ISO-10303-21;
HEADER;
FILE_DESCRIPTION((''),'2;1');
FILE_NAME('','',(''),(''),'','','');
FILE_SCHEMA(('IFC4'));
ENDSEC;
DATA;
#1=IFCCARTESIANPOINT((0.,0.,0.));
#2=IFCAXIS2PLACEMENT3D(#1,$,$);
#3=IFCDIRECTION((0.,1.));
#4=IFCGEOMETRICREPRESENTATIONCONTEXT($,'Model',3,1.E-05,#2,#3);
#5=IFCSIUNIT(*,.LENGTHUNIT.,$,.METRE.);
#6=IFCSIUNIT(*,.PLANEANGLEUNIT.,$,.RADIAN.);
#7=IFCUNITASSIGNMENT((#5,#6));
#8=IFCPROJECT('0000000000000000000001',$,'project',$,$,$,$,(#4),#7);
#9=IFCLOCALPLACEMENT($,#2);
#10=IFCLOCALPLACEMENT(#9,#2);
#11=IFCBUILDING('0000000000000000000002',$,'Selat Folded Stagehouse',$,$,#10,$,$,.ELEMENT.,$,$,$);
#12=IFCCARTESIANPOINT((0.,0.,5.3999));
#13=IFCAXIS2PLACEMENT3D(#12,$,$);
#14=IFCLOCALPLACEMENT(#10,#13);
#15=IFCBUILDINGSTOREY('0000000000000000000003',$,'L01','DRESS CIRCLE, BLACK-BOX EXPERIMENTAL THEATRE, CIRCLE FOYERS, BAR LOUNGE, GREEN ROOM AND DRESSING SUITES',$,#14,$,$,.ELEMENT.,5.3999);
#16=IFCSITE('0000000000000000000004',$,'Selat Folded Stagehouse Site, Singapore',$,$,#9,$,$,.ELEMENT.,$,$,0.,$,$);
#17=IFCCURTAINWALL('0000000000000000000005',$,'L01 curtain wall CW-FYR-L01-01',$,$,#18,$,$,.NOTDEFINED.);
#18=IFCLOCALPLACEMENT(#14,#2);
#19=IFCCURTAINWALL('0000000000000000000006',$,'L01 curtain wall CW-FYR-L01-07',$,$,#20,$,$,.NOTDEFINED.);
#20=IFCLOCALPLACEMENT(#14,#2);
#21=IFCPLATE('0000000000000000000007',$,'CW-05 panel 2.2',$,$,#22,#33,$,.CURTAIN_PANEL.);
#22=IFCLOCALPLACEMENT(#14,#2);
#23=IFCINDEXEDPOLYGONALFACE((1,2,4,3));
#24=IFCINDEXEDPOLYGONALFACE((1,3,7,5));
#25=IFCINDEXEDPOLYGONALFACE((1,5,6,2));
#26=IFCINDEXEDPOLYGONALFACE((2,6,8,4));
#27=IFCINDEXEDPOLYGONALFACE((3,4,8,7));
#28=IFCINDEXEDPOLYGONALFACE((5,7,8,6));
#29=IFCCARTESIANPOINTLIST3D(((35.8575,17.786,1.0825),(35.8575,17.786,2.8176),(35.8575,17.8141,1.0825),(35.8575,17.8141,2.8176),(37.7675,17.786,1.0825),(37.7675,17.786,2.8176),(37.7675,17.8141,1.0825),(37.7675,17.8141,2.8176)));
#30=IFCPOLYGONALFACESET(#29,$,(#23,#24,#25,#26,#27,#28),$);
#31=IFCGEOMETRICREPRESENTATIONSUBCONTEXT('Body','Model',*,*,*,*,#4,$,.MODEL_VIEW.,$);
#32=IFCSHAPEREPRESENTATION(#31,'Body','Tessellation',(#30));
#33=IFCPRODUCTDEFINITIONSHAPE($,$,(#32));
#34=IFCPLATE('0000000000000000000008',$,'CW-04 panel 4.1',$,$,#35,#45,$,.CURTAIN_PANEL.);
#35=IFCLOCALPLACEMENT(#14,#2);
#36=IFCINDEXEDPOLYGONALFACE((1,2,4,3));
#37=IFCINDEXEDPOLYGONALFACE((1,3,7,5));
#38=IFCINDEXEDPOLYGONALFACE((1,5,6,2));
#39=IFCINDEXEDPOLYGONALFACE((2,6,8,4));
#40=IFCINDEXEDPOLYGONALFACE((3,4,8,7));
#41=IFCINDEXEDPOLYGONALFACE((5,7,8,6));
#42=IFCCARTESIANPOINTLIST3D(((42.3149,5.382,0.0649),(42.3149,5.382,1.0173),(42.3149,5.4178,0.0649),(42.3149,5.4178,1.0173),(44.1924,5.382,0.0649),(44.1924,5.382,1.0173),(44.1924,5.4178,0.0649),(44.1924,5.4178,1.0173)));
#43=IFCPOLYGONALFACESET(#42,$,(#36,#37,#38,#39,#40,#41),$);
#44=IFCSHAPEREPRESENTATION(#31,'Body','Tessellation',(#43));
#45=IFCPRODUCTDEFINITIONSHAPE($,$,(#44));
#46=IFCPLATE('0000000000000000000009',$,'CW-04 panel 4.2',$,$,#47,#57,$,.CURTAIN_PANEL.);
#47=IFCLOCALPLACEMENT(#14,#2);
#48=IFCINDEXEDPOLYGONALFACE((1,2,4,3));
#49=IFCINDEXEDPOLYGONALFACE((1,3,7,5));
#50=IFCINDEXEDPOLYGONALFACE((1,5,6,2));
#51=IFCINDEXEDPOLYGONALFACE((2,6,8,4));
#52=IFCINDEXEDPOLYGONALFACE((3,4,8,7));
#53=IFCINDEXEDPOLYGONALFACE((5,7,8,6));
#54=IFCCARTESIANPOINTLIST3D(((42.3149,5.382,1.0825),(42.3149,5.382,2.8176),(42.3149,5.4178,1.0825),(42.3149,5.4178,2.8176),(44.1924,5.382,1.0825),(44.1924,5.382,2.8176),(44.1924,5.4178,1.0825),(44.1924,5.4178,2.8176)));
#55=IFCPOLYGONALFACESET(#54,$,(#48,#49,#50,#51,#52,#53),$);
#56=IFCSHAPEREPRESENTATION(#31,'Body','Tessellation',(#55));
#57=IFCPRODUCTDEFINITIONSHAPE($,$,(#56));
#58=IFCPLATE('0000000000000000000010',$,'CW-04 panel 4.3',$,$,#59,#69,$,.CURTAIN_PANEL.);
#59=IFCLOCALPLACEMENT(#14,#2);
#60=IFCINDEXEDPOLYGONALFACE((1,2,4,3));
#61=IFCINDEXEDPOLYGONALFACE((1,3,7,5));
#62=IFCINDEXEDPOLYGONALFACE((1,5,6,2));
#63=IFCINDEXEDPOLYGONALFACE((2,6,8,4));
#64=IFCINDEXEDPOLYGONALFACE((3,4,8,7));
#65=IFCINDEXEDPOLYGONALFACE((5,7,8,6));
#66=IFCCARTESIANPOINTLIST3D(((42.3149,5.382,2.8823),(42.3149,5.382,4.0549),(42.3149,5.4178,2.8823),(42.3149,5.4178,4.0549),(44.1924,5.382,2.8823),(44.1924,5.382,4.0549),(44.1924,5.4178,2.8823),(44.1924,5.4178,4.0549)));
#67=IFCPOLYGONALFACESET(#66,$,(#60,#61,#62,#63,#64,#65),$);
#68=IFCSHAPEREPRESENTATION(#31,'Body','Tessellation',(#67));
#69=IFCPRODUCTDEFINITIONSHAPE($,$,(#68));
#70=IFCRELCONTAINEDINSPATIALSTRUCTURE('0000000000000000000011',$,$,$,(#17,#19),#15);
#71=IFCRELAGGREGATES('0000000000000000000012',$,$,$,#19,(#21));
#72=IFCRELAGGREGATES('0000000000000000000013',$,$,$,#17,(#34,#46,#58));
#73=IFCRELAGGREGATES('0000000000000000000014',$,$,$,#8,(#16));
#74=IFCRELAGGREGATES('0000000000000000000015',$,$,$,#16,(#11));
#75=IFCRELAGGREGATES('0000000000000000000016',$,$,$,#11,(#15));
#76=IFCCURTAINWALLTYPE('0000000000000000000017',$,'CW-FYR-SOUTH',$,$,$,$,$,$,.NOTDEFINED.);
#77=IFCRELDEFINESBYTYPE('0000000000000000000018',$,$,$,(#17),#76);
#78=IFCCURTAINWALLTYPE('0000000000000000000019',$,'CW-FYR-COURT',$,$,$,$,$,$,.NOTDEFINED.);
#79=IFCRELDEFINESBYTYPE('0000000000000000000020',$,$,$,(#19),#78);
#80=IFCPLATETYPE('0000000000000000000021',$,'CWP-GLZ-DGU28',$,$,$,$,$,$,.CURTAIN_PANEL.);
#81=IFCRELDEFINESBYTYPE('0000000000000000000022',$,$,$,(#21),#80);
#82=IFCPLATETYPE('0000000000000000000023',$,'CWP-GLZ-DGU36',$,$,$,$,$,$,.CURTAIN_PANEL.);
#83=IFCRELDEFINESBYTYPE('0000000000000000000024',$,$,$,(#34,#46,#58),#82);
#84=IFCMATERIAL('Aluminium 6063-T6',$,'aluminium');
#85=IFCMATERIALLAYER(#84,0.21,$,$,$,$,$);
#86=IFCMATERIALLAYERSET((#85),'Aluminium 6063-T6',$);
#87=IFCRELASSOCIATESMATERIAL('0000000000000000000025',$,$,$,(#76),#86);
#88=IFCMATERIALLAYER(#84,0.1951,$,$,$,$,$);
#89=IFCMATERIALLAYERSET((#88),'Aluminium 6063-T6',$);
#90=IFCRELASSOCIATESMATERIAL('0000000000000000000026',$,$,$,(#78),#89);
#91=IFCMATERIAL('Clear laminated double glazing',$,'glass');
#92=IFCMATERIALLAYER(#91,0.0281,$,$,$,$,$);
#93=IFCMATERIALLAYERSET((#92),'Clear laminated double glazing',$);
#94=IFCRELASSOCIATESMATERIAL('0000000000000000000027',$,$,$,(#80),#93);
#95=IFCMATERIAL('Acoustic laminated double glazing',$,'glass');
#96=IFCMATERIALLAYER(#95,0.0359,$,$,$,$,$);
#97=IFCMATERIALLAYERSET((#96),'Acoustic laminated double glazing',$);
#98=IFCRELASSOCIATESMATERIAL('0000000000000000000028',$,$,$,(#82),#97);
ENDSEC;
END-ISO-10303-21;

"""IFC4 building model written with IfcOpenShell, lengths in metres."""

from ifc_helpers import new_model, si_unit, direction, frame, origin, origin_2d, place, context, subcontext, project, spatial, rectangle, extrude, material, layer, layer_set, type_object, element, aggregate, save


model = new_model("IFC4")

# Units and contexts
model_context = context("Model", 3, precision=1e-05, world=origin(), true_north=direction((0.0, 1.0)))
body_context = subcontext(model_context, "Body", "Model", "MODEL_VIEW")
ifc_project = project(units=[si_unit("LENGTHUNIT", "METRE"), si_unit("PLANEANGLEUNIT", "RADIAN")], contexts=[model_context])

# Site, building, storey
site_placement = place(None, origin())
site = spatial("IfcSite", under=ifc_project, at=site_placement, Name="Selat Folded Stagehouse Site, Singapore", CompositionType="ELEMENT", RefElevation=0.0)
building_placement = place(site_placement, origin())
building = spatial("IfcBuilding", under=site, at=building_placement, Name="Selat Folded Stagehouse", CompositionType="ELEMENT")
storey_placement = place(building_placement, frame((0.0, 0.0, 5.3999)))
storey = spatial("IfcBuildingStorey", under=building, at=storey_placement, Name="L01", Description="DRESS CIRCLE, BLACK-BOX EXPERIMENTAL THEATRE, CIRCLE FOYERS, BAR LOUNGE, GREEN ROOM AND DRESSING SUITES", CompositionType="ELEMENT", Elevation=5.3999)

# Curtain walls
ifc_material_1 = material(Name="Aluminium 6063-T6", Category="aluminium")
ifc_layer_1 = layer(ifc_material_1, 0.21)
ifc_layer_set_1 = layer_set([ifc_layer_1], Name="Aluminium 6063-T6")
curtain_wall_type_1 = type_object("IfcCurtainWallType", Name="CW-FYR-SOUTH", PredefinedType="NOTDEFINED", material=ifc_layer_set_1)
curtain_wall_1_placement = place(storey_placement, origin())
curtain_wall_1 = element("IfcCurtainWall", 1, at=curtain_wall_1_placement, inside=storey, type_object=curtain_wall_type_1, Name="L01 curtain wall CW-FYR-L01-01", PredefinedType="NOTDEFINED")
ifc_layer_2 = layer(ifc_material_1, 0.1951)
ifc_layer_set_2 = layer_set([ifc_layer_2], Name="Aluminium 6063-T6")
curtain_wall_type_2 = type_object("IfcCurtainWallType", Name="CW-FYR-COURT", PredefinedType="NOTDEFINED", material=ifc_layer_set_2)
curtain_wall_2_placement = place(storey_placement, origin())
curtain_wall_2 = element("IfcCurtainWall", 2, at=curtain_wall_2_placement, inside=storey, type_object=curtain_wall_type_2, Name="L01 curtain wall CW-FYR-L01-07", PredefinedType="NOTDEFINED")

# Plates
ifc_material_2 = material(Name="Clear laminated double glazing", Category="glass")
ifc_layer_3 = layer(ifc_material_2, 0.0281)
ifc_layer_set_3 = layer_set([ifc_layer_3], Name="Clear laminated double glazing")
plate_type_1 = type_object("IfcPlateType", Name="CWP-GLZ-DGU28", PredefinedType="CURTAIN_PANEL", material=ifc_layer_set_3)
plate_1_placement = place(storey_placement, frame((36.8125, 17.8, 1.0825), z_axis=(0.0, 0.0, 1.0), x_axis=(1.0, 0.0, 0.0)))
plate_1 = element("IfcPlate", 3, at=plate_1_placement, type_object=plate_type_1, Name="CW-05 panel 2.2", PredefinedType="CURTAIN_PANEL", context=body_context, shape_type="SweptSolid", body=[
    extrude(rectangle(XDim=1.9099, YDim=0.0281, at=origin_2d()), origin(), (0.0, 0.0, 1.0), 1.7351),
])
aggregate(curtain_wall_2, [plate_1])
ifc_material_3 = material(Name="Acoustic laminated double glazing", Category="glass")
ifc_layer_4 = layer(ifc_material_3, 0.0359)
ifc_layer_set_4 = layer_set([ifc_layer_4], Name="Acoustic laminated double glazing")
plate_type_2 = type_object("IfcPlateType", Name="CWP-GLZ-DGU36", PredefinedType="CURTAIN_PANEL", material=ifc_layer_set_4)
plate_2_placement = place(storey_placement, frame((43.2537, 5.3999, 0.0649), z_axis=(0.0, 0.0, 1.0), x_axis=(-1.0, 0.0, 0.0)))
plate_2 = element("IfcPlate", 4, at=plate_2_placement, type_object=plate_type_2, Name="CW-04 panel 4.1", PredefinedType="CURTAIN_PANEL", context=body_context, shape_type="SweptSolid", body=[
    extrude(rectangle(XDim=1.8774, YDim=0.0359, at=origin_2d()), origin(), (0.0, 0.0, 1.0), 0.9524),
])
plate_3_placement = place(storey_placement, frame((43.2537, 5.3999, 1.0825), z_axis=(0.0, 0.0, 1.0), x_axis=(-1.0, 0.0, 0.0)))
plate_3 = element("IfcPlate", 5, at=plate_3_placement, type_object=plate_type_2, Name="CW-04 panel 4.2", PredefinedType="CURTAIN_PANEL", context=body_context, shape_type="SweptSolid", body=[
    extrude(rectangle(XDim=1.8774, YDim=0.0359, at=origin_2d()), origin(), (0.0, 0.0, 1.0), 1.7351),
])
plate_4_placement = place(storey_placement, frame((43.2537, 5.3999, 2.8823), z_axis=(0.0, 0.0, 1.0), x_axis=(-1.0, 0.0, 0.0)))
plate_4 = element("IfcPlate", 6, at=plate_4_placement, type_object=plate_type_2, Name="CW-04 panel 4.3", PredefinedType="CURTAIN_PANEL", context=body_context, shape_type="SweptSolid", body=[
    extrude(rectangle(XDim=1.8774, YDim=0.0359, at=origin_2d()), origin(), (0.0, 0.0, 1.0), 1.1726),
])
aggregate(curtain_wall_1, [plate_2, plate_3, plate_4])

save(model, "model.ifc")
